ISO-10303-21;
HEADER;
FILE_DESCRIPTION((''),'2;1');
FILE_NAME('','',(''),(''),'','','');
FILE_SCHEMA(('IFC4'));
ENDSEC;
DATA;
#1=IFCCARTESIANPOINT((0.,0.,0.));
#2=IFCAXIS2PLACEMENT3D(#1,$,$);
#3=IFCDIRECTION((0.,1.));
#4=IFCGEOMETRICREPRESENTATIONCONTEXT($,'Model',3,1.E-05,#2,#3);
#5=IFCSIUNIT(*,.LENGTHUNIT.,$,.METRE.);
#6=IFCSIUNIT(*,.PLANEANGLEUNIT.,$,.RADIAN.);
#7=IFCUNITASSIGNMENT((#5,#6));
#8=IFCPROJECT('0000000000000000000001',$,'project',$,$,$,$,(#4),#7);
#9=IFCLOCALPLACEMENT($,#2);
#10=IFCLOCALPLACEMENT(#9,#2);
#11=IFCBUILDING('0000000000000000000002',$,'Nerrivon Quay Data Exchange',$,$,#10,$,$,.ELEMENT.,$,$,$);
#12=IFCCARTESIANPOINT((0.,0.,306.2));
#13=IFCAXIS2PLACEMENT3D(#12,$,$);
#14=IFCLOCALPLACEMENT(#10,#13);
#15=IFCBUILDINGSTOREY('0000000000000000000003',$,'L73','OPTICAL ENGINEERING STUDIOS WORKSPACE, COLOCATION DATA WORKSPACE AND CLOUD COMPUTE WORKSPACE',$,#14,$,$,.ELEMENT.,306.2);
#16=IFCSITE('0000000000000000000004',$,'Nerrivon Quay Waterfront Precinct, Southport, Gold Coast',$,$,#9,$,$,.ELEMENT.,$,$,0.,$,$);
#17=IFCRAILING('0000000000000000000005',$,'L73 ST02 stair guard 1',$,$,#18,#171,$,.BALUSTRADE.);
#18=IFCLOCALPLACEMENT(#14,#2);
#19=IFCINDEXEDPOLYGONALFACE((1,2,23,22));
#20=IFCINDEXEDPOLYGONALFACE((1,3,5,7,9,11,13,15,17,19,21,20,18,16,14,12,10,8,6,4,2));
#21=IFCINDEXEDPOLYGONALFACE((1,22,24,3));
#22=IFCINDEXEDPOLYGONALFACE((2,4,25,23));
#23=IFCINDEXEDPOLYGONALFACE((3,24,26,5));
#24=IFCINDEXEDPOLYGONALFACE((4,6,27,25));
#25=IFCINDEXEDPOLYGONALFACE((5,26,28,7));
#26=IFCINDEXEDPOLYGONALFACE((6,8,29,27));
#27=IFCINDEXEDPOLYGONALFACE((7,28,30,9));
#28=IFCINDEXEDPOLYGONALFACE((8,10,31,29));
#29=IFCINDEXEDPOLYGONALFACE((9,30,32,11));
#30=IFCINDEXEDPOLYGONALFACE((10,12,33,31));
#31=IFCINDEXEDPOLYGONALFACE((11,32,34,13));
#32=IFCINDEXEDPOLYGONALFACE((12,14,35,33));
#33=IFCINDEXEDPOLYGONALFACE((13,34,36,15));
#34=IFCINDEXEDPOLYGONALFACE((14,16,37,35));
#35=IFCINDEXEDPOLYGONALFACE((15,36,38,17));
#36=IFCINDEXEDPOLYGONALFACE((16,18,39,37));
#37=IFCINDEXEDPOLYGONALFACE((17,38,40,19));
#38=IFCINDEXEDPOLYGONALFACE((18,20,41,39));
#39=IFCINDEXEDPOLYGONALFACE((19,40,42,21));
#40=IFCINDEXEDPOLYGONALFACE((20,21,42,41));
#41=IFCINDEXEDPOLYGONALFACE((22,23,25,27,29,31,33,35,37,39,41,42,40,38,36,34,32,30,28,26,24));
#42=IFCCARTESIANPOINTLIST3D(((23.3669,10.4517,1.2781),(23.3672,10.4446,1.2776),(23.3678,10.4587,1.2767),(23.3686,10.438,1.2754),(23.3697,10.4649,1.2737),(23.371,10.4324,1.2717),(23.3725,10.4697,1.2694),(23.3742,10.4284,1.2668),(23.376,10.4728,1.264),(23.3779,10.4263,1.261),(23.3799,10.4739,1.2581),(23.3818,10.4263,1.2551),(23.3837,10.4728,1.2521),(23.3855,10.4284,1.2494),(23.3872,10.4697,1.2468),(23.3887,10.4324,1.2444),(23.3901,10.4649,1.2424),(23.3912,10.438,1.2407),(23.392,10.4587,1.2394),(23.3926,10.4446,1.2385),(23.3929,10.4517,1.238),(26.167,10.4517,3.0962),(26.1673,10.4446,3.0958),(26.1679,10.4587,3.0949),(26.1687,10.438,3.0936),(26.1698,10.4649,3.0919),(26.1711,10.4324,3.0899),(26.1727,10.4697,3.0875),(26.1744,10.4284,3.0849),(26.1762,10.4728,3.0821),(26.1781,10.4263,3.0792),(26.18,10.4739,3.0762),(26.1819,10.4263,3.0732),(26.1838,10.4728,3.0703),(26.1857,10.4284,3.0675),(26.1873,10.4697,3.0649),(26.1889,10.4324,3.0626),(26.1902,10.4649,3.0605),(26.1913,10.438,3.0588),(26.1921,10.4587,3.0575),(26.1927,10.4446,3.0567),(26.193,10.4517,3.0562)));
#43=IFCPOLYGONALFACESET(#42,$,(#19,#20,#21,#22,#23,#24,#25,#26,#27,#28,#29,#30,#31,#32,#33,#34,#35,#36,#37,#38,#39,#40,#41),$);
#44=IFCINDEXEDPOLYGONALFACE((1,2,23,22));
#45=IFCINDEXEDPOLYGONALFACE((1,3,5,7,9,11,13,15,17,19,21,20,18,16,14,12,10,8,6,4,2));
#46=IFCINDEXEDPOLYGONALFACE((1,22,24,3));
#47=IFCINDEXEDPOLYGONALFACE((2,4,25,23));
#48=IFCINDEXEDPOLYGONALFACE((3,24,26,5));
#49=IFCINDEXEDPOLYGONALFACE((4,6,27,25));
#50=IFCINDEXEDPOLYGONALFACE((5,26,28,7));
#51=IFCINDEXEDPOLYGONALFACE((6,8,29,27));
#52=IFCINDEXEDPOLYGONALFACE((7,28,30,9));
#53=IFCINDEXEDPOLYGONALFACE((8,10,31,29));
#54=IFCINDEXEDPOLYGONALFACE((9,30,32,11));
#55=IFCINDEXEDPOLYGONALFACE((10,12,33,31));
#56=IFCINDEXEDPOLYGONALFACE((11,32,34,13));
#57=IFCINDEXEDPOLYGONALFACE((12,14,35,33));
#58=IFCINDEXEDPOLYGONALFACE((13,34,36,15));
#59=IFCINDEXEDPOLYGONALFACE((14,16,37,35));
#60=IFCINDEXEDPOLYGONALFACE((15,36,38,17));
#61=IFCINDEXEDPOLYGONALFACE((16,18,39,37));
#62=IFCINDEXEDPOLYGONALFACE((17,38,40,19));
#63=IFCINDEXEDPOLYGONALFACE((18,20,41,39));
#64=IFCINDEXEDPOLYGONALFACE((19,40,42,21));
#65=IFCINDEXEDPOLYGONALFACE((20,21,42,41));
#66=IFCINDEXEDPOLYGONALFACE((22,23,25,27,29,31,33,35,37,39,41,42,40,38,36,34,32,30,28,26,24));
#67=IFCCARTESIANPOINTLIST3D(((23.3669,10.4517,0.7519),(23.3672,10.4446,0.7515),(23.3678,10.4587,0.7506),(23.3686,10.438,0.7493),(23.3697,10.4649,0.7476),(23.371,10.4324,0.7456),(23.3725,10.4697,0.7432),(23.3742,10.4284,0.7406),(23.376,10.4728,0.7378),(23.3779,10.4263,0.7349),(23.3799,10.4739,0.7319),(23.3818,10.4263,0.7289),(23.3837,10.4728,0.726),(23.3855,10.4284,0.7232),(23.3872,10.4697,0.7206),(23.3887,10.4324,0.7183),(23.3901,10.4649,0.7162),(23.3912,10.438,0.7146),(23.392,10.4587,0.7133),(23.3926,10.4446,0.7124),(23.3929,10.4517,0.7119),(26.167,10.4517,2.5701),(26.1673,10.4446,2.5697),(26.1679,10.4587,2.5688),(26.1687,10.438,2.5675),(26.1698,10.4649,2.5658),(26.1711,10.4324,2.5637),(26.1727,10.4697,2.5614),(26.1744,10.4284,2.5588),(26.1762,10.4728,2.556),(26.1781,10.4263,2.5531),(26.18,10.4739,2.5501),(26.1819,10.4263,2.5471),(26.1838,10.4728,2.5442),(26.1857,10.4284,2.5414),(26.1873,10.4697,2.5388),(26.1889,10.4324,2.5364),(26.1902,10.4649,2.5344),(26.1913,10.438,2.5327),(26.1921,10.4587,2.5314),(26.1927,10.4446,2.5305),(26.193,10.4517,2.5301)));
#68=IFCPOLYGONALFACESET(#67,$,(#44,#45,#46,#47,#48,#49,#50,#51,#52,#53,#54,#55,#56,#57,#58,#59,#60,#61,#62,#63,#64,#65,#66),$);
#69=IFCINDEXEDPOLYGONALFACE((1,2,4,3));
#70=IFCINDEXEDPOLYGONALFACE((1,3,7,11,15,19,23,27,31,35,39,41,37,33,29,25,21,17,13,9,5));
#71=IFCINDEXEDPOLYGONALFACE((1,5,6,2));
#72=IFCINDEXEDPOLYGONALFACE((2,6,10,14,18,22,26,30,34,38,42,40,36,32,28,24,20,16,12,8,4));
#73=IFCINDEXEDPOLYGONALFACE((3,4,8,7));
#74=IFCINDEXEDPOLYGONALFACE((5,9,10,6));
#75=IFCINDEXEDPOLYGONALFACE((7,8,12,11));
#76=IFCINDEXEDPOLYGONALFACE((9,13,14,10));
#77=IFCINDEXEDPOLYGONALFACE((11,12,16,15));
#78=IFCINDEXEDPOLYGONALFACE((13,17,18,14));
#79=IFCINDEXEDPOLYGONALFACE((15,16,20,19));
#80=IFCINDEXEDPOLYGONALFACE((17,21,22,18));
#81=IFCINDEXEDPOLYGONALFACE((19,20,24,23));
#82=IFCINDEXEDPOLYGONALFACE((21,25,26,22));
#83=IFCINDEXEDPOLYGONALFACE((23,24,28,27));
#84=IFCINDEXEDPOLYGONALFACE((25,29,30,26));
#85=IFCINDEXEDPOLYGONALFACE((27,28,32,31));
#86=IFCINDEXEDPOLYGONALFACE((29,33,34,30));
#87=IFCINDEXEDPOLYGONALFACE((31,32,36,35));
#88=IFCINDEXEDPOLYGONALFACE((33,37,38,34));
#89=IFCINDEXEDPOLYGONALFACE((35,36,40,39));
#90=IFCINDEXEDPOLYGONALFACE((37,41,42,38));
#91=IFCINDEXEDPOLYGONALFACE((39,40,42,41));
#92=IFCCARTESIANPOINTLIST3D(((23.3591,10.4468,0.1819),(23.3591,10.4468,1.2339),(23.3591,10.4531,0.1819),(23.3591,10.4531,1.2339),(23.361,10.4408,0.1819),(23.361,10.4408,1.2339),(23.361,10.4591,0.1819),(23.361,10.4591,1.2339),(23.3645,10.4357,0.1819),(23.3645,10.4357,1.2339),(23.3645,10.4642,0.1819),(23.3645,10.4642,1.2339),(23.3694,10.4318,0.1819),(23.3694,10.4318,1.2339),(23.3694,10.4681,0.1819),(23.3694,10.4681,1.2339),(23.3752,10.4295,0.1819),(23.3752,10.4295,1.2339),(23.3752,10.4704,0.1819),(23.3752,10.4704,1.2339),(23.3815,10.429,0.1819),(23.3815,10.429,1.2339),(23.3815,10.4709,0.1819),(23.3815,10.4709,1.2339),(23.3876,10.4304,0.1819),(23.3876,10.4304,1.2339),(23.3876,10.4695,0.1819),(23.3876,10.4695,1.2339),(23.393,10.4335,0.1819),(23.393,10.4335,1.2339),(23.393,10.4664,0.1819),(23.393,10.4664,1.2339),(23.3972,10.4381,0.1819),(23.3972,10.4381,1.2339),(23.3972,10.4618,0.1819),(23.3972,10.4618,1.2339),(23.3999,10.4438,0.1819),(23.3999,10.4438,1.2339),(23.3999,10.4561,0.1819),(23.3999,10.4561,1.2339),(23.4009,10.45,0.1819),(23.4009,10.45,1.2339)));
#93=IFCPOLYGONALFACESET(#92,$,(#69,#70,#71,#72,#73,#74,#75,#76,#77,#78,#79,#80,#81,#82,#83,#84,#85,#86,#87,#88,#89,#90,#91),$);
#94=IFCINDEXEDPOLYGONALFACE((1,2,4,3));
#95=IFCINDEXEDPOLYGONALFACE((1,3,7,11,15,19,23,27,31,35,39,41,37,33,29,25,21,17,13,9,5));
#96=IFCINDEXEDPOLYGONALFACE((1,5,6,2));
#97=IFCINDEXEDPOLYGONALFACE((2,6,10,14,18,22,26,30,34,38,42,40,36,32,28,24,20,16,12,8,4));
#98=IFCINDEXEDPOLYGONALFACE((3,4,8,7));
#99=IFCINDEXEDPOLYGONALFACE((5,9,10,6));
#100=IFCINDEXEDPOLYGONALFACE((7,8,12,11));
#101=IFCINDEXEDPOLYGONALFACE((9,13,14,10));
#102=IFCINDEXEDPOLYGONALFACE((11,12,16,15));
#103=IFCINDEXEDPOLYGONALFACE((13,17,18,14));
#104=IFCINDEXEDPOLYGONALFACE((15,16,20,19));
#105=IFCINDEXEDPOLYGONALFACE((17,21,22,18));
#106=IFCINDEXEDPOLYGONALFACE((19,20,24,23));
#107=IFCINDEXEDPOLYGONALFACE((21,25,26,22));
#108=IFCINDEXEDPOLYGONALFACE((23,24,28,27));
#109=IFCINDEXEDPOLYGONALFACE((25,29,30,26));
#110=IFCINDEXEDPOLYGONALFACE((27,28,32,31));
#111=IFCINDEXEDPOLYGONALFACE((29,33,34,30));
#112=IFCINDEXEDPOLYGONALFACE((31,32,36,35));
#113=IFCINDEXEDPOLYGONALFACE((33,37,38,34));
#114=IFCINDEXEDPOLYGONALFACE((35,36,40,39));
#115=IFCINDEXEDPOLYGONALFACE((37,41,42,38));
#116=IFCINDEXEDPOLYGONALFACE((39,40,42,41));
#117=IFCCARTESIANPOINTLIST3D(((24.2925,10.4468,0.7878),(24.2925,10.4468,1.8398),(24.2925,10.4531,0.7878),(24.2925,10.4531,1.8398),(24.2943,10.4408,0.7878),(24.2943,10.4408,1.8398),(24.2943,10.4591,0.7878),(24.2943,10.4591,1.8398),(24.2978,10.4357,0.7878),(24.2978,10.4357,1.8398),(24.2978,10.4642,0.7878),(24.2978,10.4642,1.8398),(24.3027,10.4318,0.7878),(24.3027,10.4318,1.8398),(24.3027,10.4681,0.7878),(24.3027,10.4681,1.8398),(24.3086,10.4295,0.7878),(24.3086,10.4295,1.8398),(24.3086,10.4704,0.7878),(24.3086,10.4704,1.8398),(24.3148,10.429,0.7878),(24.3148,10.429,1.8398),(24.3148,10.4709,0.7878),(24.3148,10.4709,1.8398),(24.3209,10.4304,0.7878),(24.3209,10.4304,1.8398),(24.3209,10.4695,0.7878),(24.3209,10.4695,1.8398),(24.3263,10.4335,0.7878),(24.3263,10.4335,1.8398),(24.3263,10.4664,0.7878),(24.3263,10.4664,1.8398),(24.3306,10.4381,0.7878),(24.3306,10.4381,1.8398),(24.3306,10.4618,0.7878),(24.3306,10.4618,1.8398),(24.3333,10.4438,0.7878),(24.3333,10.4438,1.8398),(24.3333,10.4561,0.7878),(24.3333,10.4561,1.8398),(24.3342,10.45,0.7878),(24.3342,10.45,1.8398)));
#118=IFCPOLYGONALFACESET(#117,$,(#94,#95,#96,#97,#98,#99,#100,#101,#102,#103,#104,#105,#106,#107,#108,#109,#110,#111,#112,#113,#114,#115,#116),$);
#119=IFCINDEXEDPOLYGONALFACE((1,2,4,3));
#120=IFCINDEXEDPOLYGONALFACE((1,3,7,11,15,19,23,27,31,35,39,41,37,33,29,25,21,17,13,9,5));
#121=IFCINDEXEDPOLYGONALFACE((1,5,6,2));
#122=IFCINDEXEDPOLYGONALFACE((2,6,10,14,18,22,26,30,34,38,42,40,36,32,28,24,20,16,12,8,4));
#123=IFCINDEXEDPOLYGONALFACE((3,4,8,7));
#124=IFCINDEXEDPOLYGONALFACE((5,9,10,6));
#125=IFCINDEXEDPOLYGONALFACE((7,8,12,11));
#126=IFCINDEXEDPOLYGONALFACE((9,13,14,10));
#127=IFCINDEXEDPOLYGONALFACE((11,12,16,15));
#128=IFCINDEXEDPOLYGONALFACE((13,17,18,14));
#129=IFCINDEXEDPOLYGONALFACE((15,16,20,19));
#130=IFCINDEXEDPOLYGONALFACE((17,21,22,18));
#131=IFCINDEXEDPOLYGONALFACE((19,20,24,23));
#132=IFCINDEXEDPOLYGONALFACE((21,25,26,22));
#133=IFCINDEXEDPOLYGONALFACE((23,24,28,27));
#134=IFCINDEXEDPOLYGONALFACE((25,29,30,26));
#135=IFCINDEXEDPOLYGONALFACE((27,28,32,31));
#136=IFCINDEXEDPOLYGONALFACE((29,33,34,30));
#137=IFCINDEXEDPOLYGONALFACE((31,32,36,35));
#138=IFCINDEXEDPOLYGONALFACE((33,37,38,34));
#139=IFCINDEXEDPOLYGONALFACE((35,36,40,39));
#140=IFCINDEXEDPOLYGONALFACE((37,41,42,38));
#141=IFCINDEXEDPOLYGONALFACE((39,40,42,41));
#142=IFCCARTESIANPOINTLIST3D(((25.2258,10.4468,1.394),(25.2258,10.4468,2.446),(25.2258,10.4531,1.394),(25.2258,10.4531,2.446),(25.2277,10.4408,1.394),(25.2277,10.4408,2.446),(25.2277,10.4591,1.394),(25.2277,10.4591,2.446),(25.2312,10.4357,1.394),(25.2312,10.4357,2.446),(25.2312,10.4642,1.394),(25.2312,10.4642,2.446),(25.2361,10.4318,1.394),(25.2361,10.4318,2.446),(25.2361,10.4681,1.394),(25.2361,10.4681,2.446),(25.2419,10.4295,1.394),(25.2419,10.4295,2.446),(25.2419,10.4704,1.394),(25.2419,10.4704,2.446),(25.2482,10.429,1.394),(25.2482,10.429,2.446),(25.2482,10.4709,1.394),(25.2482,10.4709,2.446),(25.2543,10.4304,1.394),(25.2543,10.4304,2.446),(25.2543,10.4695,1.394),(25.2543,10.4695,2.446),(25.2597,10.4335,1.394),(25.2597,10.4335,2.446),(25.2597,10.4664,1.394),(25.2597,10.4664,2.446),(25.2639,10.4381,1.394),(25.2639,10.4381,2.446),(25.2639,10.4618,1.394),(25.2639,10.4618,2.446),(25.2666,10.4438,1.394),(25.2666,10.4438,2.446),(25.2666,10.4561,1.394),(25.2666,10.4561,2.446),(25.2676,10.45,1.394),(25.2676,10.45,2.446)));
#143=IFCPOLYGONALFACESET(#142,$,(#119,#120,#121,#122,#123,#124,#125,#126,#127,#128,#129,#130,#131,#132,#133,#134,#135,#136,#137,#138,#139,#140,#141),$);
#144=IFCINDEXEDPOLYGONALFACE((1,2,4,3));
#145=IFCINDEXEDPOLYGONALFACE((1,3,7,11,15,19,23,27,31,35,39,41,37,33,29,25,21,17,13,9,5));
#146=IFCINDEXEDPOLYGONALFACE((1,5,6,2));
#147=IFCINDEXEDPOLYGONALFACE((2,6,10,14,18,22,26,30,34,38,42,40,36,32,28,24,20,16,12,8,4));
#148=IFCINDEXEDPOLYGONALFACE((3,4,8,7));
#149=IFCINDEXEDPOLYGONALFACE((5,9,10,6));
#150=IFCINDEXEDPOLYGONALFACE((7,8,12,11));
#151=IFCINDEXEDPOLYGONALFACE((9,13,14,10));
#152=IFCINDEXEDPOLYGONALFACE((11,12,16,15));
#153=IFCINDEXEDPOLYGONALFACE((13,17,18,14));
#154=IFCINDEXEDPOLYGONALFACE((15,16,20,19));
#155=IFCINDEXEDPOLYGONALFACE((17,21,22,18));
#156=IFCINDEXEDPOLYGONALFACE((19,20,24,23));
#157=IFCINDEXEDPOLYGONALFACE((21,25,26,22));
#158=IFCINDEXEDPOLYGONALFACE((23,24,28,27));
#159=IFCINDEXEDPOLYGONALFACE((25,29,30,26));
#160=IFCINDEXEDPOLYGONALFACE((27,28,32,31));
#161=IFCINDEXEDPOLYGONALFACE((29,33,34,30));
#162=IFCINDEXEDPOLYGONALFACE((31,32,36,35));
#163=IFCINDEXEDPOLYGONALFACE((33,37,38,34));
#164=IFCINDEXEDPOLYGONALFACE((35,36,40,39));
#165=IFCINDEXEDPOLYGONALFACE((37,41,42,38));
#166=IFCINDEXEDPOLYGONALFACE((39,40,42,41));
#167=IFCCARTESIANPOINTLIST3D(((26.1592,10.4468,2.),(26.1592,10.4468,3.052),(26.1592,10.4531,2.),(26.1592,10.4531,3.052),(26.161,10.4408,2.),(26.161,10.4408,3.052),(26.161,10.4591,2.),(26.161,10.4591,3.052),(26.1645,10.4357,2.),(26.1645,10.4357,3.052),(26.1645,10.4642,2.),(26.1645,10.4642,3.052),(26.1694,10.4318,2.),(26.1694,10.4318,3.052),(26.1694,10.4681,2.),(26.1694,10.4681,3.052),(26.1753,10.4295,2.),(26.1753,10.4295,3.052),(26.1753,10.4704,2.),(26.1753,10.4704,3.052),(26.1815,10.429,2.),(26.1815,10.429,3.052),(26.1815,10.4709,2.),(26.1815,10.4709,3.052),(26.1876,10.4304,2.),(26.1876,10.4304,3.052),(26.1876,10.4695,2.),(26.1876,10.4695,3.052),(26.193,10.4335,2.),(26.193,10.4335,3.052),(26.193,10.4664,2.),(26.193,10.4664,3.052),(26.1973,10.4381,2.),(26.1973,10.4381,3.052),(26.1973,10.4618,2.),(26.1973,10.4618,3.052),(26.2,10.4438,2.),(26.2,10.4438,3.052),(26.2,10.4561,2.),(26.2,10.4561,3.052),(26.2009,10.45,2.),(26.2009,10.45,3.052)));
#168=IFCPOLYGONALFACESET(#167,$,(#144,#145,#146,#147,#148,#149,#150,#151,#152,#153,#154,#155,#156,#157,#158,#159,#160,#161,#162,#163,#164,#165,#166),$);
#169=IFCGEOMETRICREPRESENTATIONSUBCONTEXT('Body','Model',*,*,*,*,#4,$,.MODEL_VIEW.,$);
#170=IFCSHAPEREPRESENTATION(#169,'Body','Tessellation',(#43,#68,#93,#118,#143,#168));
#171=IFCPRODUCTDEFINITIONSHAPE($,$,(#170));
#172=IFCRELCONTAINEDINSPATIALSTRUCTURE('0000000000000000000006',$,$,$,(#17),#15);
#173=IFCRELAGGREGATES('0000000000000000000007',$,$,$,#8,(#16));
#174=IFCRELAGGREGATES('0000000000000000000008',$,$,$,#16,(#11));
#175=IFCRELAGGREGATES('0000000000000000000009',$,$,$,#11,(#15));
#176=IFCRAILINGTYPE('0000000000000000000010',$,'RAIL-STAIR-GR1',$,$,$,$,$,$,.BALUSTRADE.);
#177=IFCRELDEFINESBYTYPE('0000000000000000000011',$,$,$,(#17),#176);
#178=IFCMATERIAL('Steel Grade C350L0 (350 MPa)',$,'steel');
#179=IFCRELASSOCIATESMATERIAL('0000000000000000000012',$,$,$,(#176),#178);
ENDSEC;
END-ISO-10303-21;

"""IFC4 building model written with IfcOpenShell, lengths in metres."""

from ifc_helpers import new_model, si_unit, direction, frame, origin, origin_2d, place, context, subcontext, project, spatial, circle, extrude, material, type_object, element, save


model = new_model("IFC4")

# Units and contexts
model_context = context("Model", 3, precision=1e-05, world=origin(), true_north=direction((0.0, 1.0)))
body_context = subcontext(model_context, "Body", "Model", "MODEL_VIEW")
ifc_project = project(units=[si_unit("LENGTHUNIT", "METRE"), si_unit("PLANEANGLEUNIT", "RADIAN")], contexts=[model_context])

# Site, building, storey
site_placement = place(None, origin())
site = spatial("IfcSite", under=ifc_project, at=site_placement, Name="Nerrivon Quay Waterfront Precinct, Southport, Gold Coast", CompositionType="ELEMENT", RefElevation=0.0)
building_placement = place(site_placement, origin())
building = spatial("IfcBuilding", under=site, at=building_placement, Name="Nerrivon Quay Data Exchange", CompositionType="ELEMENT")
storey_placement = place(building_placement, frame((0.0, 0.0, 306.2)))
storey = spatial("IfcBuildingStorey", under=building, at=storey_placement, Name="L73", Description="OPTICAL ENGINEERING STUDIOS WORKSPACE, COLOCATION DATA WORKSPACE AND CLOUD COMPUTE WORKSPACE", CompositionType="ELEMENT", Elevation=306.2)

# Railing
ifc_material_1 = material(Name="Steel Grade C350L0 (350 MPa)", Category="steel")
railing_type_1 = type_object("IfcRailingType", Name="RAIL-STAIR-GR1", PredefinedType="BALUSTRADE", material=ifc_material_1)
railing_1_placement = place(storey_placement, frame((23.3799, 10.45, 0.1819)))
element("IfcRailing", 1, at=railing_1_placement, inside=storey, type_object=railing_type_1, Name="L73 ST02 stair guard 1", PredefinedType="BALUSTRADE", context=body_context, shape_type="SweptSolid", body=[
    extrude(circle(Radius=0.0239, at=origin_2d()), frame((0.0, 0.0, 1.0762), z_axis=(0.838706, 0.0, 0.544585), x_axis=(0.0, 1.0, 0.0)), (0.0, 0.0, 1.0), 3.3386),
    extrude(circle(Radius=0.0239, at=origin_2d()), frame((0.0, 0.0, 0.55), z_axis=(0.838706, 0.0, 0.544585), x_axis=(0.0, 1.0, 0.0)), (0.0, 0.0, 1.0), 3.3386),
    extrude(circle(Radius=0.021, at=origin_2d()), origin(), (0.0, 0.0, 1.0), 1.052),
    extrude(circle(Radius=0.021, at=origin_2d()), frame((0.9333, 0.0, 0.606)), (0.0, 0.0, 1.0), 1.052),
    extrude(circle(Radius=0.021, at=origin_2d()), frame((1.8667, 0.0, 1.2122)), (0.0, 0.0, 1.0), 1.052),
    extrude(circle(Radius=0.021, at=origin_2d()), frame((2.8, 0.0, 1.8181)), (0.0, 0.0, 1.0), 1.052),
])

save(model, "model.ifc")
